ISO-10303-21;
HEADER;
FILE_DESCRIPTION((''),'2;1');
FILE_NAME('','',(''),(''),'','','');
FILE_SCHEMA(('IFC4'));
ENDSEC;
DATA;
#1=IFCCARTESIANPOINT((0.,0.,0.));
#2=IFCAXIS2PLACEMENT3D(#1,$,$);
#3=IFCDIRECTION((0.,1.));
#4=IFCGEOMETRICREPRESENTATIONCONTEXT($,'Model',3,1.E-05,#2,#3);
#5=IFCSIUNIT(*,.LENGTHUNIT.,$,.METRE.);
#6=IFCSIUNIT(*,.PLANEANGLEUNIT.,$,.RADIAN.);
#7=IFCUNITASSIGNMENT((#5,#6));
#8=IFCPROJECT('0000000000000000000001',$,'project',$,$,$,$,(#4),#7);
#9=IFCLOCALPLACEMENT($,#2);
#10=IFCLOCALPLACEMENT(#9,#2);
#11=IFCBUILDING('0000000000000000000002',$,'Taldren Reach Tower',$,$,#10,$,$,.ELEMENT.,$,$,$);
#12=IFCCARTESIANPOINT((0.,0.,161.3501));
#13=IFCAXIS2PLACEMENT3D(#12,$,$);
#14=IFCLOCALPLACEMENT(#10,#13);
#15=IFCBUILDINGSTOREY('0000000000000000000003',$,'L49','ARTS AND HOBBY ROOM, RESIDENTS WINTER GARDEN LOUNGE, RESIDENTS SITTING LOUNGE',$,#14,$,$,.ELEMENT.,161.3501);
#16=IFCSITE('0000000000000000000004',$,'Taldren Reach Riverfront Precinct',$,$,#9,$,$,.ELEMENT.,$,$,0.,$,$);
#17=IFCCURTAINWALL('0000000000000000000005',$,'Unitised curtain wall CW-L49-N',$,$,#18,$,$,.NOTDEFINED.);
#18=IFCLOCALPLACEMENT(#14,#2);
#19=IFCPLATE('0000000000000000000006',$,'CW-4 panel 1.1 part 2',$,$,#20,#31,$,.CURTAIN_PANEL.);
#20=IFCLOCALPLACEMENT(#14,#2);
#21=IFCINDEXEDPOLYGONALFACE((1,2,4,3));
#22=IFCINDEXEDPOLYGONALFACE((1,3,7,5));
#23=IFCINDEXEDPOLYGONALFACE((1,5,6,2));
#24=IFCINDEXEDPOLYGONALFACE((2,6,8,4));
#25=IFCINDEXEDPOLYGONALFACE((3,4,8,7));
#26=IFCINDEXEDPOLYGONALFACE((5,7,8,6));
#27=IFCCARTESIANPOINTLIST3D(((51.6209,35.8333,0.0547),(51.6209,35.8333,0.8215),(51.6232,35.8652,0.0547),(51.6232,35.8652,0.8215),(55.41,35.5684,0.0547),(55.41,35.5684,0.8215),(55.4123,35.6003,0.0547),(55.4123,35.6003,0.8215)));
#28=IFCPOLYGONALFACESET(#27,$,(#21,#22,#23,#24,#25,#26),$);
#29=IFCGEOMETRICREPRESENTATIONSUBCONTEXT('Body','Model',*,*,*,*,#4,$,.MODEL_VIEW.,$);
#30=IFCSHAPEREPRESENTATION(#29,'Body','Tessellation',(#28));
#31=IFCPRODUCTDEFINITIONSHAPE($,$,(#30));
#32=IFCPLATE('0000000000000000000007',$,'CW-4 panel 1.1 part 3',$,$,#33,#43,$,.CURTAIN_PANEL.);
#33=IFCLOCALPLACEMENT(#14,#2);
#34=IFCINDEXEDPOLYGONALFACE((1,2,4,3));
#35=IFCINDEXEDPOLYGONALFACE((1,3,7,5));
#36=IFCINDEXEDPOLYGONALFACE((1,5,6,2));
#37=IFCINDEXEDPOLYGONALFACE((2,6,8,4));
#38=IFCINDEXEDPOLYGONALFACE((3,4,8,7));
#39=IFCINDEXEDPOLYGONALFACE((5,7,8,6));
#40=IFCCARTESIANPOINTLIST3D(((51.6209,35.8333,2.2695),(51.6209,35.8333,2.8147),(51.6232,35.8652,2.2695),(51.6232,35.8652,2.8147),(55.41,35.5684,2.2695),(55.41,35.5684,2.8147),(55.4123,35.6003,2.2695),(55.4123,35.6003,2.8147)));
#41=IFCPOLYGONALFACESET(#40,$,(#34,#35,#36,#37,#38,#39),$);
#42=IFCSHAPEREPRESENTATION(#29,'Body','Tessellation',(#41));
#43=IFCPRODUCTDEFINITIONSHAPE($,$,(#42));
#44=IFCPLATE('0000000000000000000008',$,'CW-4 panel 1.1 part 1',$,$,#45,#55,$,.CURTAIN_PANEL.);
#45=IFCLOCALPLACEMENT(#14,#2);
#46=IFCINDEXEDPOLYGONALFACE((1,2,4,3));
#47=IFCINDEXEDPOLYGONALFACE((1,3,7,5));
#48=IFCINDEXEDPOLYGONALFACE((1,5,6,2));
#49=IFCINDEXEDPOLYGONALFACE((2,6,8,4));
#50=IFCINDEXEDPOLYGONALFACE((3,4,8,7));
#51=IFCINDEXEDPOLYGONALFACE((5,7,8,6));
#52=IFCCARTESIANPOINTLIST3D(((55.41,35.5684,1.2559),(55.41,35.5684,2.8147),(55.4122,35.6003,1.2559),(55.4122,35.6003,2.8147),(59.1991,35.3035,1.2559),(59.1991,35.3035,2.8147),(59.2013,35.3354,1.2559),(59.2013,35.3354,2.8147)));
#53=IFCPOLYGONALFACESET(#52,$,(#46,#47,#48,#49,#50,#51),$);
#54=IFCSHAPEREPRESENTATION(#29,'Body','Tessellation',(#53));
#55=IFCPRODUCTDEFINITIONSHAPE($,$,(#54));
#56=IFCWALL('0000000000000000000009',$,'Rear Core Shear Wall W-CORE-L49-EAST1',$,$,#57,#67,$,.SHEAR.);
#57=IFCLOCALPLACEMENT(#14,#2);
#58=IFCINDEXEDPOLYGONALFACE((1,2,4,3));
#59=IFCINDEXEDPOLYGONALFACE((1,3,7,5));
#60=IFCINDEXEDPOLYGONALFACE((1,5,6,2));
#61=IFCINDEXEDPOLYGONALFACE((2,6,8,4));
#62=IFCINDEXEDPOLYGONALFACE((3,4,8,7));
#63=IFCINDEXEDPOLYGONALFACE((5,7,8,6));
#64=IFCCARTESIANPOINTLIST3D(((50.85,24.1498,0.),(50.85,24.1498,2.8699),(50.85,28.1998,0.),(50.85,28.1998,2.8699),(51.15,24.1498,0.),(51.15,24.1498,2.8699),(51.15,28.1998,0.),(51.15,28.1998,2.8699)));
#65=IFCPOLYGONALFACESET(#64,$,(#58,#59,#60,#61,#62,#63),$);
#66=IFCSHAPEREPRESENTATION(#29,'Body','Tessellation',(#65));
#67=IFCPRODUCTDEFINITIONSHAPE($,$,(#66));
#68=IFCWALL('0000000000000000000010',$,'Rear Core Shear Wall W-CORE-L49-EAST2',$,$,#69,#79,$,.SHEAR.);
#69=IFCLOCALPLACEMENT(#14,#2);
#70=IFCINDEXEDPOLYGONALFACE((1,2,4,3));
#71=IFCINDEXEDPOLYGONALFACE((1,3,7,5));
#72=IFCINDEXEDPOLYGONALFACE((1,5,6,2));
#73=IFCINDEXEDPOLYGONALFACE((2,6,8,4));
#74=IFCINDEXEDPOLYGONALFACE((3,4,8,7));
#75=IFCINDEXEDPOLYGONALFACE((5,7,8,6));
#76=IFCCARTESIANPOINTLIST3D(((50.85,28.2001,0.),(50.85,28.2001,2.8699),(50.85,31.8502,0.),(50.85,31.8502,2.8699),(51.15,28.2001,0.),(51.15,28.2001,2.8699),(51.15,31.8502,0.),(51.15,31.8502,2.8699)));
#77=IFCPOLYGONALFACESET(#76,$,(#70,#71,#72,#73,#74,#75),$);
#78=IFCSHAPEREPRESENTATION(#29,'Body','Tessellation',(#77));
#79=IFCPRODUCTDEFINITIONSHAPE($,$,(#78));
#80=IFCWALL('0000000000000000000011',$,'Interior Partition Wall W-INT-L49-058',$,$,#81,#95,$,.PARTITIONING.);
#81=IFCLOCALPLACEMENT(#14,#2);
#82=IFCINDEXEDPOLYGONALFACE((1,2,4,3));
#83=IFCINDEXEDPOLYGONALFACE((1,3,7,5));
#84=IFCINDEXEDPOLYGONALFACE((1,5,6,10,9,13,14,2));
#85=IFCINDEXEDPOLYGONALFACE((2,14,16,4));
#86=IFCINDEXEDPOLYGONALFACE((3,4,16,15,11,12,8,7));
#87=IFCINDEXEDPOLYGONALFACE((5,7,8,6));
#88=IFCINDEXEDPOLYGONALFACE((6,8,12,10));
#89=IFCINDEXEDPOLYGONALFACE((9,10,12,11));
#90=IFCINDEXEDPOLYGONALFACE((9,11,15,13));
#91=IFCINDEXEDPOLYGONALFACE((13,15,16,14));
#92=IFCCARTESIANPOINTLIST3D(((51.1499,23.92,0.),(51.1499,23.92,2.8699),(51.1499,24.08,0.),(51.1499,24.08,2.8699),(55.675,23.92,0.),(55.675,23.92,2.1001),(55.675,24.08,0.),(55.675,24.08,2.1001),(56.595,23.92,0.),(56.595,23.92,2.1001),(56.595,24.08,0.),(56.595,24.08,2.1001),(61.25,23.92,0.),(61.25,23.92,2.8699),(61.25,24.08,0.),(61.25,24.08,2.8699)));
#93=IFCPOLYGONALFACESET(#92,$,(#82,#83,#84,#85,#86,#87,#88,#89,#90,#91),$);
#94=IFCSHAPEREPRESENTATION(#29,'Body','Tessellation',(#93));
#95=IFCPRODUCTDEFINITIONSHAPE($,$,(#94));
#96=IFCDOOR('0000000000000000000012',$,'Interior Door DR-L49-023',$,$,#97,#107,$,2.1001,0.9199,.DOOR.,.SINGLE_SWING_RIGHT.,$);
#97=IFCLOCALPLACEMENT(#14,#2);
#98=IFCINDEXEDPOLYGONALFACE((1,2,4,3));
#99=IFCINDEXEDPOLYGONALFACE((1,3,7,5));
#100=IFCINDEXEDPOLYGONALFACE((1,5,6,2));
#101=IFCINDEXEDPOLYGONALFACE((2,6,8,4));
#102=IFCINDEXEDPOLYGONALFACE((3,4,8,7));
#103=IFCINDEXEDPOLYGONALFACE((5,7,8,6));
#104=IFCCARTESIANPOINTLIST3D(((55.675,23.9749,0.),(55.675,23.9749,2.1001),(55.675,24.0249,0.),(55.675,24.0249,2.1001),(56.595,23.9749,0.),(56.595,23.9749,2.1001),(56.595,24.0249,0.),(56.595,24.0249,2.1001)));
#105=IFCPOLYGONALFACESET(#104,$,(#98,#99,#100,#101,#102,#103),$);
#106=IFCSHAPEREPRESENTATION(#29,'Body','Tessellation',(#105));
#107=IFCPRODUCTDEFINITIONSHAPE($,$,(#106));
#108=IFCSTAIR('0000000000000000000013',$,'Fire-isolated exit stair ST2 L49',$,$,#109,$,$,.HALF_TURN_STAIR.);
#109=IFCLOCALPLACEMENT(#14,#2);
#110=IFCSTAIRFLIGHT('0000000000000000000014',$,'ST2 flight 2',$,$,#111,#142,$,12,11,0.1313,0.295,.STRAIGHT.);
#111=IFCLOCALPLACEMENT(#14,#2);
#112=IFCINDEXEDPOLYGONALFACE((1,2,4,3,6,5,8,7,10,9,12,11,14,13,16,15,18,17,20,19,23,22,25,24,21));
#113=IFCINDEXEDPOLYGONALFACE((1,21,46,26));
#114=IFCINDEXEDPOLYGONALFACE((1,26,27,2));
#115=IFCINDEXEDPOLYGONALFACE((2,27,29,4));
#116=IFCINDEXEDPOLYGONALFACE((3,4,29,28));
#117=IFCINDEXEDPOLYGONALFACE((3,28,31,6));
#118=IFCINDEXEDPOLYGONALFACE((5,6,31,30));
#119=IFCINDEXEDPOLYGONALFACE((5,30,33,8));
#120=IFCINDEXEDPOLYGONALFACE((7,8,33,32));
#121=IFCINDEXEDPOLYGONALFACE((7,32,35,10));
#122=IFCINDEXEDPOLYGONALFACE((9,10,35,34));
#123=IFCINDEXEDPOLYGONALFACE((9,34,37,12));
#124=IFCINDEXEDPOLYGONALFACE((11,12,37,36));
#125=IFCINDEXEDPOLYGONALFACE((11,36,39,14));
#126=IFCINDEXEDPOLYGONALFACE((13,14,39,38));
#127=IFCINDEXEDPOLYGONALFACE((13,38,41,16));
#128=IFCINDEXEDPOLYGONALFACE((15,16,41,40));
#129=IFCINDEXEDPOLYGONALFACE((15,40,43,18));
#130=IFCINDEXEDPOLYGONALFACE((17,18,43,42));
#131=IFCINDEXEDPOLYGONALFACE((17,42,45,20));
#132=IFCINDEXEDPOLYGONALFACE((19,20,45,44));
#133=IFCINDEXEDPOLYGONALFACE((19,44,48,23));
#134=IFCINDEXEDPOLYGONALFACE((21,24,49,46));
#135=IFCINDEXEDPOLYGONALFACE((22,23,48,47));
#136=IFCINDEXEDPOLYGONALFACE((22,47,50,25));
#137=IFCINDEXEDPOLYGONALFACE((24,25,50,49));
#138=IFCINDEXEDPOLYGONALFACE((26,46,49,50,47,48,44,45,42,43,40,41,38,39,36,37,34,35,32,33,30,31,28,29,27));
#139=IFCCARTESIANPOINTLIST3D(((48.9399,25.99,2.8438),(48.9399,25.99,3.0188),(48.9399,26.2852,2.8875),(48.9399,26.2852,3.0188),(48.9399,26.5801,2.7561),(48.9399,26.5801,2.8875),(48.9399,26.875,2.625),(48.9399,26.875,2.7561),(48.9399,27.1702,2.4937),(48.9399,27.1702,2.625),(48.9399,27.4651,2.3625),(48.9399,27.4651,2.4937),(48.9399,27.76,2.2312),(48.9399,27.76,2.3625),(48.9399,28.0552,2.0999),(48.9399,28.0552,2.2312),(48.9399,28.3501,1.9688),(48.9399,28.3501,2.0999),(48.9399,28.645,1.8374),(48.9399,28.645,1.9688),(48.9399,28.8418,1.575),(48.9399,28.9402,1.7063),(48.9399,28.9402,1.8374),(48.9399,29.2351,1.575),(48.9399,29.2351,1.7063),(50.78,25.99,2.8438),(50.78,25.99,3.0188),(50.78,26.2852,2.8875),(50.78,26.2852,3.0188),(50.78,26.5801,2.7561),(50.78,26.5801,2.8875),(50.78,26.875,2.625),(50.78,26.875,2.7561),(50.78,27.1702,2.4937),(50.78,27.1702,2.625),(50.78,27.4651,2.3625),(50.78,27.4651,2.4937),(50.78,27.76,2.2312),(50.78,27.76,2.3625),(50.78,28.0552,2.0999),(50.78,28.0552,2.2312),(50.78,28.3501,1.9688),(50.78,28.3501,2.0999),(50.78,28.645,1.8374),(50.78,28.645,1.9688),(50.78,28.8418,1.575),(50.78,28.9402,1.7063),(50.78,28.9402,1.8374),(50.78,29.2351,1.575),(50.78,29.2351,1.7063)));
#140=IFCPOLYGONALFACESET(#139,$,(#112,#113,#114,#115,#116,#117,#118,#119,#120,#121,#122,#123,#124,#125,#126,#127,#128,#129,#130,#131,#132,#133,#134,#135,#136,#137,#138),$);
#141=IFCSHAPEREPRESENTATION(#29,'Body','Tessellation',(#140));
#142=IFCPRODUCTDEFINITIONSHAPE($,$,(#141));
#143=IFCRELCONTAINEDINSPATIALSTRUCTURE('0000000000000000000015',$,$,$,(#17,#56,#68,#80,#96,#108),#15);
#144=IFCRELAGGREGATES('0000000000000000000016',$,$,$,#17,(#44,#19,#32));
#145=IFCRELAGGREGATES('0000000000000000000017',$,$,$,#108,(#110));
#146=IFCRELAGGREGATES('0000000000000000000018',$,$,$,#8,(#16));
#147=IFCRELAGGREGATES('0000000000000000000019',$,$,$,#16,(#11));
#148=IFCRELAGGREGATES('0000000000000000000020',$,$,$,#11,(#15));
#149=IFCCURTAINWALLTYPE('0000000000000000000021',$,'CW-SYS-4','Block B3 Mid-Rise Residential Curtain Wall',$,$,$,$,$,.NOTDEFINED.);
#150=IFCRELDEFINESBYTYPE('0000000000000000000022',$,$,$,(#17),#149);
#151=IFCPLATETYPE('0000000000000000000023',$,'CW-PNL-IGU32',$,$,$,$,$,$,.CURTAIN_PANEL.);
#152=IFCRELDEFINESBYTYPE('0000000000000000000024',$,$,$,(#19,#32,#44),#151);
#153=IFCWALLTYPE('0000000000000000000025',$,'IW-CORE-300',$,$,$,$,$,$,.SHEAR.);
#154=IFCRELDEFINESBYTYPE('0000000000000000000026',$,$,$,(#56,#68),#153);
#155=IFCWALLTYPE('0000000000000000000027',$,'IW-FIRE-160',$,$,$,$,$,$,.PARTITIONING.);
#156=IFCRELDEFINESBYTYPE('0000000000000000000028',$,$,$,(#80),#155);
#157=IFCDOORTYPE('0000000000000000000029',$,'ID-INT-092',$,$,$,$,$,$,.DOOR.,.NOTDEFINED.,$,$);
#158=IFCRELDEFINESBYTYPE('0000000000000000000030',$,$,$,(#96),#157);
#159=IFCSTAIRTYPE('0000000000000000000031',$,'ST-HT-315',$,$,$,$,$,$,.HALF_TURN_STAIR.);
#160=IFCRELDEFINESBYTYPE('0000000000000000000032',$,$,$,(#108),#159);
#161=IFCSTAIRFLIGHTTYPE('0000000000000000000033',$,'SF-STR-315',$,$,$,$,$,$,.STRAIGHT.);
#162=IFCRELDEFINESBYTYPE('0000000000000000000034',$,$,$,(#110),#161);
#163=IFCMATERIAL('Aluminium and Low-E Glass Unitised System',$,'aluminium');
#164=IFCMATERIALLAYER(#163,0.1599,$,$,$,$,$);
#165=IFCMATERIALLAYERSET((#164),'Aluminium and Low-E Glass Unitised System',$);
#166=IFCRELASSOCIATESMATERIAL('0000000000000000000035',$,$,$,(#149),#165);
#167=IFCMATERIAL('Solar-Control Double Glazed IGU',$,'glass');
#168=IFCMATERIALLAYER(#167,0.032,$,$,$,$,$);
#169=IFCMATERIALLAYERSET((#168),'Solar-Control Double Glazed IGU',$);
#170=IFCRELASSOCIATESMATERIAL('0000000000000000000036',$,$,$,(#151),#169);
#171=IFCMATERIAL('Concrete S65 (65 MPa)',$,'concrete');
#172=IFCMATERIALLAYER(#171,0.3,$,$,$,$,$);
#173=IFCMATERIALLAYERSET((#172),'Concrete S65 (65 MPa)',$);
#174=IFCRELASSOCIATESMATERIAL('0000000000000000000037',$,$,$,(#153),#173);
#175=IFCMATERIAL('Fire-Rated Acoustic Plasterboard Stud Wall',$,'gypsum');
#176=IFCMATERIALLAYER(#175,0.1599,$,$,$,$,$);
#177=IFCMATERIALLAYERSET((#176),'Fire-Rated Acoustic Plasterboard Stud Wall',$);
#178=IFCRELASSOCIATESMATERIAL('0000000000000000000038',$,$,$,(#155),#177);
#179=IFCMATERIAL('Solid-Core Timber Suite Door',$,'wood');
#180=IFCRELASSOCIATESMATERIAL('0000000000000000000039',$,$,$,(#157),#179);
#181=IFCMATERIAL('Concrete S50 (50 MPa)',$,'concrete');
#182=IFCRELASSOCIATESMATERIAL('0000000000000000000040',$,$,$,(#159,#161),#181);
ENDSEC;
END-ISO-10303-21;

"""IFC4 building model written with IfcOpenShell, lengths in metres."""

from ifc_helpers import new_model, si_unit, direction, frame, frame_2d, origin, origin_2d, place, context, subcontext, project, spatial, polyline, rectangle, outline, extrude, source, transform, mapped, material, layer, layer_set, type_object, element, fill, aggregate, save


model = new_model("IFC4")

# Units and contexts
model_context = context("Model", 3, precision=1e-05, world=origin(), true_north=direction((0.0, 1.0)))
body_context = subcontext(model_context, "Body", "Model", "MODEL_VIEW")
ifc_project = project(units=[si_unit("LENGTHUNIT", "METRE"), si_unit("PLANEANGLEUNIT", "RADIAN")], contexts=[model_context])

# Site, building, storey
site_placement = place(None, origin())
site = spatial("IfcSite", under=ifc_project, at=site_placement, Name="Taldren Reach Riverfront Precinct", CompositionType="ELEMENT", RefElevation=0.0)
building_placement = place(site_placement, origin())
building = spatial("IfcBuilding", under=site, at=building_placement, Name="Taldren Reach Tower", CompositionType="ELEMENT")
storey_placement = place(building_placement, frame((0.0, 0.0, 161.3501)))
storey = spatial("IfcBuildingStorey", under=building, at=storey_placement, Name="L49", Description="ARTS AND HOBBY ROOM, RESIDENTS WINTER GARDEN LOUNGE, RESIDENTS SITTING LOUNGE", CompositionType="ELEMENT", Elevation=161.3501)

# Curtain wall
ifc_material_1 = material(Name="Aluminium and Low-E Glass Unitised System", Category="aluminium")
ifc_layer_1 = layer(ifc_material_1, 0.1599)
ifc_layer_set_1 = layer_set([ifc_layer_1], Name="Aluminium and Low-E Glass Unitised System")
curtain_wall_type = type_object("IfcCurtainWallType", Name="CW-SYS-4", Description="Block B3 Mid-Rise Residential Curtain Wall", PredefinedType="NOTDEFINED", material=ifc_layer_set_1)
curtain_wall_placement = place(storey_placement, origin())
curtain_wall = element("IfcCurtainWall", 1, at=curtain_wall_placement, inside=storey, type_object=curtain_wall_type, Name="Unitised curtain wall CW-L49-N", PredefinedType="NOTDEFINED")

# Plates
ifc_material_2 = material(Name="Solar-Control Double Glazed IGU", Category="glass")
ifc_layer_2 = layer(ifc_material_2, 0.032)
ifc_layer_set_2 = layer_set([ifc_layer_2], Name="Solar-Control Double Glazed IGU")
plate_type_1 = type_object("IfcPlateType", Name="CW-PNL-IGU32", PredefinedType="CURTAIN_PANEL", material=ifc_layer_set_2)
shared_shape_1 = source(origin(), body_context, "Body", "SweptSolid", [
    extrude(rectangle(XDim=3.7983, YDim=0.032, at=origin_2d()), origin(), (0.0, 0.0, 1.0), 0.7668),
])
plate_1_placement = place(storey_placement, frame((53.5166, 35.7168, 0.0547), z_axis=(0.0, 0.0, 1.0), x_axis=(-0.997564, 0.069757, 0.0)))
plate_1 = element("IfcPlate", 2, at=plate_1_placement, type_object=plate_type_1, Name="CW-4 panel 1.1 part 2", PredefinedType="CURTAIN_PANEL", context=body_context, shape_type="MappedRepresentation", body=[
    mapped(shared_shape_1, transform((0.0, 0.0, 0.0), scale=1.0)),
])
shared_shape_2 = source(origin(), body_context, "Body", "SweptSolid", [
    extrude(rectangle(XDim=3.7983, YDim=0.032, at=origin_2d()), origin(), (0.0, 0.0, 1.0), 0.5452),
])
plate_2_placement = place(storey_placement, frame((53.5166, 35.7168, 2.2695), z_axis=(0.0, 0.0, 1.0), x_axis=(-0.997564, 0.069757, 0.0)))
plate_2 = element("IfcPlate", 3, at=plate_2_placement, type_object=plate_type_1, Name="CW-4 panel 1.1 part 3", PredefinedType="CURTAIN_PANEL", context=body_context, shape_type="MappedRepresentation", body=[
    mapped(shared_shape_2, transform((0.0, 0.0, 0.0), scale=1.0)),
])
shared_shape_3 = source(origin(), body_context, "Body", "SweptSolid", [
    extrude(rectangle(XDim=3.7983, YDim=0.032, at=origin_2d()), origin(), (0.0, 0.0, 1.0), 1.5588),
])
plate_3_placement = place(storey_placement, frame((57.3057, 35.4519, 1.2559), z_axis=(0.0, 0.0, 1.0), x_axis=(-0.997564, 0.069757, 0.0)))
plate_3 = element("IfcPlate", 4, at=plate_3_placement, type_object=plate_type_1, Name="CW-4 panel 1.1 part 1", PredefinedType="CURTAIN_PANEL", context=body_context, shape_type="MappedRepresentation", body=[
    mapped(shared_shape_3, transform((0.0, 0.0, 0.0), scale=1.0)),
])
aggregate(curtain_wall, [plate_3, plate_1, plate_2])

# Walls
ifc_material_3 = material(Name="Concrete S65 (65 MPa)", Category="concrete")
ifc_layer_3 = layer(ifc_material_3, 0.3)
ifc_layer_set_3 = layer_set([ifc_layer_3], Name="Concrete S65 (65 MPa)")
wall_type_1 = type_object("IfcWallType", Name="IW-CORE-300", PredefinedType="SHEAR", material=ifc_layer_set_3)
shared_shape_4 = source(origin(), body_context, "Body", "SweptSolid", [
    extrude(rectangle(XDim=4.05, YDim=0.3, at=frame_2d((2.0249, 0.0))), origin(), (0.0, 0.0, 1.0), 2.8699),
])
wall_1_placement = place(storey_placement, frame((51.0, 24.1499, 0.0), z_axis=(0.0, 0.0, 1.0), x_axis=(0.0, 1.0, 0.0)))
element("IfcWall", 5, at=wall_1_placement, inside=storey, type_object=wall_type_1, Name="Rear Core Shear Wall W-CORE-L49-EAST1", PredefinedType="SHEAR", context=body_context, shape_type="MappedRepresentation", body=[
    mapped(shared_shape_4, transform((0.0, 0.0, 0.0), scale=1.0)),
])
shared_shape_5 = source(origin(), body_context, "Body", "SweptSolid", [
    extrude(rectangle(XDim=3.6501, YDim=0.3, at=frame_2d((1.8252, 0.0))), origin(), (0.0, 0.0, 1.0), 2.8699),
])
wall_2_placement = place(storey_placement, frame((51.0, 28.2, 0.0), z_axis=(0.0, 0.0, 1.0), x_axis=(0.0, 1.0, 0.0)))
element("IfcWall", 6, at=wall_2_placement, inside=storey, type_object=wall_type_1, Name="Rear Core Shear Wall W-CORE-L49-EAST2", PredefinedType="SHEAR", context=body_context, shape_type="MappedRepresentation", body=[
    mapped(shared_shape_5, transform((0.0, 0.0, 0.0), scale=1.0)),
])

# Wall, opening, door
ifc_material_4 = material(Name="Fire-Rated Acoustic Plasterboard Stud Wall", Category="gypsum")
ifc_layer_4 = layer(ifc_material_4, 0.1599)
ifc_layer_set_4 = layer_set([ifc_layer_4], Name="Fire-Rated Acoustic Plasterboard Stud Wall")
wall_type_2 = type_object("IfcWallType", Name="IW-FIRE-160", PredefinedType="PARTITIONING", material=ifc_layer_set_4)
shared_shape_6 = source(origin(), body_context, "Body", "SweptSolid", [
    extrude(rectangle(XDim=10.1001, YDim=0.1599, at=frame_2d((5.05, 0.0))), origin(), (0.0, 0.0, 1.0), 2.8699),
])
wall_3_placement = place(storey_placement, frame((51.1499, 24.0, 0.0), z_axis=(0.0, 0.0, 1.0), x_axis=(1.0, 0.0, 0.0)))
wall_3 = element("IfcWall", 7, at=wall_3_placement, inside=storey, type_object=wall_type_2, Name="Interior Partition Wall W-INT-L49-058", PredefinedType="PARTITIONING", context=body_context, shape_type="MappedRepresentation", body=[
    mapped(shared_shape_6, transform((0.0, 0.0, 0.0), scale=1.0)),
])
shared_shape_7 = source(origin(), body_context, "Body", "SweptSolid", [
    extrude(rectangle(XDim=0.9199, YDim=2.1001, at=frame_2d((0.46, 1.05))), frame((0.0, 0.0898, 0.0), z_axis=(0.0, -1.0, 0.0), x_axis=(1.0, 0.0, 0.0)), (0.0, 0.0, 1.0), 0.1799),
])
opening_placement = place(wall_3_placement, frame((4.5251, 0.0, 0.0)))
opening = element("IfcOpeningElement", 8, at=opening_placement, cuts=wall_3, PredefinedType="OPENING", context=body_context, shape_type="MappedRepresentation", body=[
    mapped(shared_shape_7, transform((0.0, 0.0, 0.0), scale=1.0)),
])
ifc_material_5 = material(Name="Solid-Core Timber Suite Door", Category="wood")
door_type = type_object("IfcDoorType", Name="ID-INT-092", OperationType="NOTDEFINED", PredefinedType="DOOR", material=ifc_material_5)
shared_shape_8 = source(origin(), body_context, "Body", "SweptSolid", [
    extrude(rectangle(XDim=0.9199, YDim=2.1001, at=frame_2d((0.46, 1.05))), frame((0.0, 0.0249, 0.0), z_axis=(0.0, -1.0, 0.0), x_axis=(1.0, 0.0, 0.0)), (0.0, 0.0, 1.0), 0.05),
])
door_placement = place(opening_placement, origin())
door = element("IfcDoor", 9, at=door_placement, inside=storey, type_object=door_type, Name="Interior Door DR-L49-023", OperationType="SINGLE_SWING_RIGHT", OverallHeight=2.1001, OverallWidth=0.9199, PredefinedType="DOOR", context=body_context, shape_type="MappedRepresentation", body=[
    mapped(shared_shape_8, transform((0.0, 0.0, 0.0), scale=1.0)),
])
fill(opening, door)

# Stair, stair flight
ifc_material_6 = material(Name="Concrete S50 (50 MPa)", Category="concrete")
stair_type = type_object("IfcStairType", Name="ST-HT-315", PredefinedType="HALF_TURN_STAIR", material=ifc_material_6)
stair_placement = place(storey_placement, origin())
stair = element("IfcStair", 10, at=stair_placement, inside=storey, type_object=stair_type, Name="Fire-isolated exit stair ST2 L49", PredefinedType="HALF_TURN_STAIR")
stair_flight_type = type_object("IfcStairFlightType", Name="SF-STR-315", PredefinedType="STRAIGHT", material=ifc_material_6)
stair_flight_placement = place(storey_placement, frame((49.8601, 29.2351, 1.575), z_axis=(0.0, 0.0, 1.0), x_axis=(0.0, -1.0, 0.0)))
stair_flight = element("IfcStairFlight", 11, at=stair_flight_placement, type_object=stair_flight_type, Name="ST2 flight 2", NumberOfRisers=12, NumberOfTreads=11, PredefinedType="STRAIGHT", RiserHeight=0.1313, TreadLength=0.295, context=body_context, shape_type="SweptSolid", body=[
    extrude(outline(polyline([(0.0, 0.0), (0.0, 0.1313), (0.2949, 0.1313), (0.2949, 0.2625), (0.5901, 0.2625), (0.5901, 0.3938), (0.885, 0.3938), (0.885, 0.5249), (1.1799, 0.5249), (1.1799, 0.6562), (1.4751, 0.6562), (1.4751, 0.7876), (1.77, 0.7876), (1.77, 0.9187), (2.0649, 0.9187), (2.0649, 1.05), (2.3601, 1.05), (2.3601, 1.1812), (2.655, 1.1812), (2.655, 1.3125), (2.95, 1.3125), (2.95, 1.4438), (3.2451, 1.4438), (3.2451, 1.575), (3.2451, 1.2688), (0.3933, 0.0), (0.0, 0.0)])), frame((0.0, 0.9199, 0.0), z_axis=(0.0, -1.0, 0.0), x_axis=(1.0, 0.0, 0.0)), (0.0, 0.0, 1.0), 1.8401),
])
aggregate(stair, [stair_flight])

save(model, "model.ifc")
